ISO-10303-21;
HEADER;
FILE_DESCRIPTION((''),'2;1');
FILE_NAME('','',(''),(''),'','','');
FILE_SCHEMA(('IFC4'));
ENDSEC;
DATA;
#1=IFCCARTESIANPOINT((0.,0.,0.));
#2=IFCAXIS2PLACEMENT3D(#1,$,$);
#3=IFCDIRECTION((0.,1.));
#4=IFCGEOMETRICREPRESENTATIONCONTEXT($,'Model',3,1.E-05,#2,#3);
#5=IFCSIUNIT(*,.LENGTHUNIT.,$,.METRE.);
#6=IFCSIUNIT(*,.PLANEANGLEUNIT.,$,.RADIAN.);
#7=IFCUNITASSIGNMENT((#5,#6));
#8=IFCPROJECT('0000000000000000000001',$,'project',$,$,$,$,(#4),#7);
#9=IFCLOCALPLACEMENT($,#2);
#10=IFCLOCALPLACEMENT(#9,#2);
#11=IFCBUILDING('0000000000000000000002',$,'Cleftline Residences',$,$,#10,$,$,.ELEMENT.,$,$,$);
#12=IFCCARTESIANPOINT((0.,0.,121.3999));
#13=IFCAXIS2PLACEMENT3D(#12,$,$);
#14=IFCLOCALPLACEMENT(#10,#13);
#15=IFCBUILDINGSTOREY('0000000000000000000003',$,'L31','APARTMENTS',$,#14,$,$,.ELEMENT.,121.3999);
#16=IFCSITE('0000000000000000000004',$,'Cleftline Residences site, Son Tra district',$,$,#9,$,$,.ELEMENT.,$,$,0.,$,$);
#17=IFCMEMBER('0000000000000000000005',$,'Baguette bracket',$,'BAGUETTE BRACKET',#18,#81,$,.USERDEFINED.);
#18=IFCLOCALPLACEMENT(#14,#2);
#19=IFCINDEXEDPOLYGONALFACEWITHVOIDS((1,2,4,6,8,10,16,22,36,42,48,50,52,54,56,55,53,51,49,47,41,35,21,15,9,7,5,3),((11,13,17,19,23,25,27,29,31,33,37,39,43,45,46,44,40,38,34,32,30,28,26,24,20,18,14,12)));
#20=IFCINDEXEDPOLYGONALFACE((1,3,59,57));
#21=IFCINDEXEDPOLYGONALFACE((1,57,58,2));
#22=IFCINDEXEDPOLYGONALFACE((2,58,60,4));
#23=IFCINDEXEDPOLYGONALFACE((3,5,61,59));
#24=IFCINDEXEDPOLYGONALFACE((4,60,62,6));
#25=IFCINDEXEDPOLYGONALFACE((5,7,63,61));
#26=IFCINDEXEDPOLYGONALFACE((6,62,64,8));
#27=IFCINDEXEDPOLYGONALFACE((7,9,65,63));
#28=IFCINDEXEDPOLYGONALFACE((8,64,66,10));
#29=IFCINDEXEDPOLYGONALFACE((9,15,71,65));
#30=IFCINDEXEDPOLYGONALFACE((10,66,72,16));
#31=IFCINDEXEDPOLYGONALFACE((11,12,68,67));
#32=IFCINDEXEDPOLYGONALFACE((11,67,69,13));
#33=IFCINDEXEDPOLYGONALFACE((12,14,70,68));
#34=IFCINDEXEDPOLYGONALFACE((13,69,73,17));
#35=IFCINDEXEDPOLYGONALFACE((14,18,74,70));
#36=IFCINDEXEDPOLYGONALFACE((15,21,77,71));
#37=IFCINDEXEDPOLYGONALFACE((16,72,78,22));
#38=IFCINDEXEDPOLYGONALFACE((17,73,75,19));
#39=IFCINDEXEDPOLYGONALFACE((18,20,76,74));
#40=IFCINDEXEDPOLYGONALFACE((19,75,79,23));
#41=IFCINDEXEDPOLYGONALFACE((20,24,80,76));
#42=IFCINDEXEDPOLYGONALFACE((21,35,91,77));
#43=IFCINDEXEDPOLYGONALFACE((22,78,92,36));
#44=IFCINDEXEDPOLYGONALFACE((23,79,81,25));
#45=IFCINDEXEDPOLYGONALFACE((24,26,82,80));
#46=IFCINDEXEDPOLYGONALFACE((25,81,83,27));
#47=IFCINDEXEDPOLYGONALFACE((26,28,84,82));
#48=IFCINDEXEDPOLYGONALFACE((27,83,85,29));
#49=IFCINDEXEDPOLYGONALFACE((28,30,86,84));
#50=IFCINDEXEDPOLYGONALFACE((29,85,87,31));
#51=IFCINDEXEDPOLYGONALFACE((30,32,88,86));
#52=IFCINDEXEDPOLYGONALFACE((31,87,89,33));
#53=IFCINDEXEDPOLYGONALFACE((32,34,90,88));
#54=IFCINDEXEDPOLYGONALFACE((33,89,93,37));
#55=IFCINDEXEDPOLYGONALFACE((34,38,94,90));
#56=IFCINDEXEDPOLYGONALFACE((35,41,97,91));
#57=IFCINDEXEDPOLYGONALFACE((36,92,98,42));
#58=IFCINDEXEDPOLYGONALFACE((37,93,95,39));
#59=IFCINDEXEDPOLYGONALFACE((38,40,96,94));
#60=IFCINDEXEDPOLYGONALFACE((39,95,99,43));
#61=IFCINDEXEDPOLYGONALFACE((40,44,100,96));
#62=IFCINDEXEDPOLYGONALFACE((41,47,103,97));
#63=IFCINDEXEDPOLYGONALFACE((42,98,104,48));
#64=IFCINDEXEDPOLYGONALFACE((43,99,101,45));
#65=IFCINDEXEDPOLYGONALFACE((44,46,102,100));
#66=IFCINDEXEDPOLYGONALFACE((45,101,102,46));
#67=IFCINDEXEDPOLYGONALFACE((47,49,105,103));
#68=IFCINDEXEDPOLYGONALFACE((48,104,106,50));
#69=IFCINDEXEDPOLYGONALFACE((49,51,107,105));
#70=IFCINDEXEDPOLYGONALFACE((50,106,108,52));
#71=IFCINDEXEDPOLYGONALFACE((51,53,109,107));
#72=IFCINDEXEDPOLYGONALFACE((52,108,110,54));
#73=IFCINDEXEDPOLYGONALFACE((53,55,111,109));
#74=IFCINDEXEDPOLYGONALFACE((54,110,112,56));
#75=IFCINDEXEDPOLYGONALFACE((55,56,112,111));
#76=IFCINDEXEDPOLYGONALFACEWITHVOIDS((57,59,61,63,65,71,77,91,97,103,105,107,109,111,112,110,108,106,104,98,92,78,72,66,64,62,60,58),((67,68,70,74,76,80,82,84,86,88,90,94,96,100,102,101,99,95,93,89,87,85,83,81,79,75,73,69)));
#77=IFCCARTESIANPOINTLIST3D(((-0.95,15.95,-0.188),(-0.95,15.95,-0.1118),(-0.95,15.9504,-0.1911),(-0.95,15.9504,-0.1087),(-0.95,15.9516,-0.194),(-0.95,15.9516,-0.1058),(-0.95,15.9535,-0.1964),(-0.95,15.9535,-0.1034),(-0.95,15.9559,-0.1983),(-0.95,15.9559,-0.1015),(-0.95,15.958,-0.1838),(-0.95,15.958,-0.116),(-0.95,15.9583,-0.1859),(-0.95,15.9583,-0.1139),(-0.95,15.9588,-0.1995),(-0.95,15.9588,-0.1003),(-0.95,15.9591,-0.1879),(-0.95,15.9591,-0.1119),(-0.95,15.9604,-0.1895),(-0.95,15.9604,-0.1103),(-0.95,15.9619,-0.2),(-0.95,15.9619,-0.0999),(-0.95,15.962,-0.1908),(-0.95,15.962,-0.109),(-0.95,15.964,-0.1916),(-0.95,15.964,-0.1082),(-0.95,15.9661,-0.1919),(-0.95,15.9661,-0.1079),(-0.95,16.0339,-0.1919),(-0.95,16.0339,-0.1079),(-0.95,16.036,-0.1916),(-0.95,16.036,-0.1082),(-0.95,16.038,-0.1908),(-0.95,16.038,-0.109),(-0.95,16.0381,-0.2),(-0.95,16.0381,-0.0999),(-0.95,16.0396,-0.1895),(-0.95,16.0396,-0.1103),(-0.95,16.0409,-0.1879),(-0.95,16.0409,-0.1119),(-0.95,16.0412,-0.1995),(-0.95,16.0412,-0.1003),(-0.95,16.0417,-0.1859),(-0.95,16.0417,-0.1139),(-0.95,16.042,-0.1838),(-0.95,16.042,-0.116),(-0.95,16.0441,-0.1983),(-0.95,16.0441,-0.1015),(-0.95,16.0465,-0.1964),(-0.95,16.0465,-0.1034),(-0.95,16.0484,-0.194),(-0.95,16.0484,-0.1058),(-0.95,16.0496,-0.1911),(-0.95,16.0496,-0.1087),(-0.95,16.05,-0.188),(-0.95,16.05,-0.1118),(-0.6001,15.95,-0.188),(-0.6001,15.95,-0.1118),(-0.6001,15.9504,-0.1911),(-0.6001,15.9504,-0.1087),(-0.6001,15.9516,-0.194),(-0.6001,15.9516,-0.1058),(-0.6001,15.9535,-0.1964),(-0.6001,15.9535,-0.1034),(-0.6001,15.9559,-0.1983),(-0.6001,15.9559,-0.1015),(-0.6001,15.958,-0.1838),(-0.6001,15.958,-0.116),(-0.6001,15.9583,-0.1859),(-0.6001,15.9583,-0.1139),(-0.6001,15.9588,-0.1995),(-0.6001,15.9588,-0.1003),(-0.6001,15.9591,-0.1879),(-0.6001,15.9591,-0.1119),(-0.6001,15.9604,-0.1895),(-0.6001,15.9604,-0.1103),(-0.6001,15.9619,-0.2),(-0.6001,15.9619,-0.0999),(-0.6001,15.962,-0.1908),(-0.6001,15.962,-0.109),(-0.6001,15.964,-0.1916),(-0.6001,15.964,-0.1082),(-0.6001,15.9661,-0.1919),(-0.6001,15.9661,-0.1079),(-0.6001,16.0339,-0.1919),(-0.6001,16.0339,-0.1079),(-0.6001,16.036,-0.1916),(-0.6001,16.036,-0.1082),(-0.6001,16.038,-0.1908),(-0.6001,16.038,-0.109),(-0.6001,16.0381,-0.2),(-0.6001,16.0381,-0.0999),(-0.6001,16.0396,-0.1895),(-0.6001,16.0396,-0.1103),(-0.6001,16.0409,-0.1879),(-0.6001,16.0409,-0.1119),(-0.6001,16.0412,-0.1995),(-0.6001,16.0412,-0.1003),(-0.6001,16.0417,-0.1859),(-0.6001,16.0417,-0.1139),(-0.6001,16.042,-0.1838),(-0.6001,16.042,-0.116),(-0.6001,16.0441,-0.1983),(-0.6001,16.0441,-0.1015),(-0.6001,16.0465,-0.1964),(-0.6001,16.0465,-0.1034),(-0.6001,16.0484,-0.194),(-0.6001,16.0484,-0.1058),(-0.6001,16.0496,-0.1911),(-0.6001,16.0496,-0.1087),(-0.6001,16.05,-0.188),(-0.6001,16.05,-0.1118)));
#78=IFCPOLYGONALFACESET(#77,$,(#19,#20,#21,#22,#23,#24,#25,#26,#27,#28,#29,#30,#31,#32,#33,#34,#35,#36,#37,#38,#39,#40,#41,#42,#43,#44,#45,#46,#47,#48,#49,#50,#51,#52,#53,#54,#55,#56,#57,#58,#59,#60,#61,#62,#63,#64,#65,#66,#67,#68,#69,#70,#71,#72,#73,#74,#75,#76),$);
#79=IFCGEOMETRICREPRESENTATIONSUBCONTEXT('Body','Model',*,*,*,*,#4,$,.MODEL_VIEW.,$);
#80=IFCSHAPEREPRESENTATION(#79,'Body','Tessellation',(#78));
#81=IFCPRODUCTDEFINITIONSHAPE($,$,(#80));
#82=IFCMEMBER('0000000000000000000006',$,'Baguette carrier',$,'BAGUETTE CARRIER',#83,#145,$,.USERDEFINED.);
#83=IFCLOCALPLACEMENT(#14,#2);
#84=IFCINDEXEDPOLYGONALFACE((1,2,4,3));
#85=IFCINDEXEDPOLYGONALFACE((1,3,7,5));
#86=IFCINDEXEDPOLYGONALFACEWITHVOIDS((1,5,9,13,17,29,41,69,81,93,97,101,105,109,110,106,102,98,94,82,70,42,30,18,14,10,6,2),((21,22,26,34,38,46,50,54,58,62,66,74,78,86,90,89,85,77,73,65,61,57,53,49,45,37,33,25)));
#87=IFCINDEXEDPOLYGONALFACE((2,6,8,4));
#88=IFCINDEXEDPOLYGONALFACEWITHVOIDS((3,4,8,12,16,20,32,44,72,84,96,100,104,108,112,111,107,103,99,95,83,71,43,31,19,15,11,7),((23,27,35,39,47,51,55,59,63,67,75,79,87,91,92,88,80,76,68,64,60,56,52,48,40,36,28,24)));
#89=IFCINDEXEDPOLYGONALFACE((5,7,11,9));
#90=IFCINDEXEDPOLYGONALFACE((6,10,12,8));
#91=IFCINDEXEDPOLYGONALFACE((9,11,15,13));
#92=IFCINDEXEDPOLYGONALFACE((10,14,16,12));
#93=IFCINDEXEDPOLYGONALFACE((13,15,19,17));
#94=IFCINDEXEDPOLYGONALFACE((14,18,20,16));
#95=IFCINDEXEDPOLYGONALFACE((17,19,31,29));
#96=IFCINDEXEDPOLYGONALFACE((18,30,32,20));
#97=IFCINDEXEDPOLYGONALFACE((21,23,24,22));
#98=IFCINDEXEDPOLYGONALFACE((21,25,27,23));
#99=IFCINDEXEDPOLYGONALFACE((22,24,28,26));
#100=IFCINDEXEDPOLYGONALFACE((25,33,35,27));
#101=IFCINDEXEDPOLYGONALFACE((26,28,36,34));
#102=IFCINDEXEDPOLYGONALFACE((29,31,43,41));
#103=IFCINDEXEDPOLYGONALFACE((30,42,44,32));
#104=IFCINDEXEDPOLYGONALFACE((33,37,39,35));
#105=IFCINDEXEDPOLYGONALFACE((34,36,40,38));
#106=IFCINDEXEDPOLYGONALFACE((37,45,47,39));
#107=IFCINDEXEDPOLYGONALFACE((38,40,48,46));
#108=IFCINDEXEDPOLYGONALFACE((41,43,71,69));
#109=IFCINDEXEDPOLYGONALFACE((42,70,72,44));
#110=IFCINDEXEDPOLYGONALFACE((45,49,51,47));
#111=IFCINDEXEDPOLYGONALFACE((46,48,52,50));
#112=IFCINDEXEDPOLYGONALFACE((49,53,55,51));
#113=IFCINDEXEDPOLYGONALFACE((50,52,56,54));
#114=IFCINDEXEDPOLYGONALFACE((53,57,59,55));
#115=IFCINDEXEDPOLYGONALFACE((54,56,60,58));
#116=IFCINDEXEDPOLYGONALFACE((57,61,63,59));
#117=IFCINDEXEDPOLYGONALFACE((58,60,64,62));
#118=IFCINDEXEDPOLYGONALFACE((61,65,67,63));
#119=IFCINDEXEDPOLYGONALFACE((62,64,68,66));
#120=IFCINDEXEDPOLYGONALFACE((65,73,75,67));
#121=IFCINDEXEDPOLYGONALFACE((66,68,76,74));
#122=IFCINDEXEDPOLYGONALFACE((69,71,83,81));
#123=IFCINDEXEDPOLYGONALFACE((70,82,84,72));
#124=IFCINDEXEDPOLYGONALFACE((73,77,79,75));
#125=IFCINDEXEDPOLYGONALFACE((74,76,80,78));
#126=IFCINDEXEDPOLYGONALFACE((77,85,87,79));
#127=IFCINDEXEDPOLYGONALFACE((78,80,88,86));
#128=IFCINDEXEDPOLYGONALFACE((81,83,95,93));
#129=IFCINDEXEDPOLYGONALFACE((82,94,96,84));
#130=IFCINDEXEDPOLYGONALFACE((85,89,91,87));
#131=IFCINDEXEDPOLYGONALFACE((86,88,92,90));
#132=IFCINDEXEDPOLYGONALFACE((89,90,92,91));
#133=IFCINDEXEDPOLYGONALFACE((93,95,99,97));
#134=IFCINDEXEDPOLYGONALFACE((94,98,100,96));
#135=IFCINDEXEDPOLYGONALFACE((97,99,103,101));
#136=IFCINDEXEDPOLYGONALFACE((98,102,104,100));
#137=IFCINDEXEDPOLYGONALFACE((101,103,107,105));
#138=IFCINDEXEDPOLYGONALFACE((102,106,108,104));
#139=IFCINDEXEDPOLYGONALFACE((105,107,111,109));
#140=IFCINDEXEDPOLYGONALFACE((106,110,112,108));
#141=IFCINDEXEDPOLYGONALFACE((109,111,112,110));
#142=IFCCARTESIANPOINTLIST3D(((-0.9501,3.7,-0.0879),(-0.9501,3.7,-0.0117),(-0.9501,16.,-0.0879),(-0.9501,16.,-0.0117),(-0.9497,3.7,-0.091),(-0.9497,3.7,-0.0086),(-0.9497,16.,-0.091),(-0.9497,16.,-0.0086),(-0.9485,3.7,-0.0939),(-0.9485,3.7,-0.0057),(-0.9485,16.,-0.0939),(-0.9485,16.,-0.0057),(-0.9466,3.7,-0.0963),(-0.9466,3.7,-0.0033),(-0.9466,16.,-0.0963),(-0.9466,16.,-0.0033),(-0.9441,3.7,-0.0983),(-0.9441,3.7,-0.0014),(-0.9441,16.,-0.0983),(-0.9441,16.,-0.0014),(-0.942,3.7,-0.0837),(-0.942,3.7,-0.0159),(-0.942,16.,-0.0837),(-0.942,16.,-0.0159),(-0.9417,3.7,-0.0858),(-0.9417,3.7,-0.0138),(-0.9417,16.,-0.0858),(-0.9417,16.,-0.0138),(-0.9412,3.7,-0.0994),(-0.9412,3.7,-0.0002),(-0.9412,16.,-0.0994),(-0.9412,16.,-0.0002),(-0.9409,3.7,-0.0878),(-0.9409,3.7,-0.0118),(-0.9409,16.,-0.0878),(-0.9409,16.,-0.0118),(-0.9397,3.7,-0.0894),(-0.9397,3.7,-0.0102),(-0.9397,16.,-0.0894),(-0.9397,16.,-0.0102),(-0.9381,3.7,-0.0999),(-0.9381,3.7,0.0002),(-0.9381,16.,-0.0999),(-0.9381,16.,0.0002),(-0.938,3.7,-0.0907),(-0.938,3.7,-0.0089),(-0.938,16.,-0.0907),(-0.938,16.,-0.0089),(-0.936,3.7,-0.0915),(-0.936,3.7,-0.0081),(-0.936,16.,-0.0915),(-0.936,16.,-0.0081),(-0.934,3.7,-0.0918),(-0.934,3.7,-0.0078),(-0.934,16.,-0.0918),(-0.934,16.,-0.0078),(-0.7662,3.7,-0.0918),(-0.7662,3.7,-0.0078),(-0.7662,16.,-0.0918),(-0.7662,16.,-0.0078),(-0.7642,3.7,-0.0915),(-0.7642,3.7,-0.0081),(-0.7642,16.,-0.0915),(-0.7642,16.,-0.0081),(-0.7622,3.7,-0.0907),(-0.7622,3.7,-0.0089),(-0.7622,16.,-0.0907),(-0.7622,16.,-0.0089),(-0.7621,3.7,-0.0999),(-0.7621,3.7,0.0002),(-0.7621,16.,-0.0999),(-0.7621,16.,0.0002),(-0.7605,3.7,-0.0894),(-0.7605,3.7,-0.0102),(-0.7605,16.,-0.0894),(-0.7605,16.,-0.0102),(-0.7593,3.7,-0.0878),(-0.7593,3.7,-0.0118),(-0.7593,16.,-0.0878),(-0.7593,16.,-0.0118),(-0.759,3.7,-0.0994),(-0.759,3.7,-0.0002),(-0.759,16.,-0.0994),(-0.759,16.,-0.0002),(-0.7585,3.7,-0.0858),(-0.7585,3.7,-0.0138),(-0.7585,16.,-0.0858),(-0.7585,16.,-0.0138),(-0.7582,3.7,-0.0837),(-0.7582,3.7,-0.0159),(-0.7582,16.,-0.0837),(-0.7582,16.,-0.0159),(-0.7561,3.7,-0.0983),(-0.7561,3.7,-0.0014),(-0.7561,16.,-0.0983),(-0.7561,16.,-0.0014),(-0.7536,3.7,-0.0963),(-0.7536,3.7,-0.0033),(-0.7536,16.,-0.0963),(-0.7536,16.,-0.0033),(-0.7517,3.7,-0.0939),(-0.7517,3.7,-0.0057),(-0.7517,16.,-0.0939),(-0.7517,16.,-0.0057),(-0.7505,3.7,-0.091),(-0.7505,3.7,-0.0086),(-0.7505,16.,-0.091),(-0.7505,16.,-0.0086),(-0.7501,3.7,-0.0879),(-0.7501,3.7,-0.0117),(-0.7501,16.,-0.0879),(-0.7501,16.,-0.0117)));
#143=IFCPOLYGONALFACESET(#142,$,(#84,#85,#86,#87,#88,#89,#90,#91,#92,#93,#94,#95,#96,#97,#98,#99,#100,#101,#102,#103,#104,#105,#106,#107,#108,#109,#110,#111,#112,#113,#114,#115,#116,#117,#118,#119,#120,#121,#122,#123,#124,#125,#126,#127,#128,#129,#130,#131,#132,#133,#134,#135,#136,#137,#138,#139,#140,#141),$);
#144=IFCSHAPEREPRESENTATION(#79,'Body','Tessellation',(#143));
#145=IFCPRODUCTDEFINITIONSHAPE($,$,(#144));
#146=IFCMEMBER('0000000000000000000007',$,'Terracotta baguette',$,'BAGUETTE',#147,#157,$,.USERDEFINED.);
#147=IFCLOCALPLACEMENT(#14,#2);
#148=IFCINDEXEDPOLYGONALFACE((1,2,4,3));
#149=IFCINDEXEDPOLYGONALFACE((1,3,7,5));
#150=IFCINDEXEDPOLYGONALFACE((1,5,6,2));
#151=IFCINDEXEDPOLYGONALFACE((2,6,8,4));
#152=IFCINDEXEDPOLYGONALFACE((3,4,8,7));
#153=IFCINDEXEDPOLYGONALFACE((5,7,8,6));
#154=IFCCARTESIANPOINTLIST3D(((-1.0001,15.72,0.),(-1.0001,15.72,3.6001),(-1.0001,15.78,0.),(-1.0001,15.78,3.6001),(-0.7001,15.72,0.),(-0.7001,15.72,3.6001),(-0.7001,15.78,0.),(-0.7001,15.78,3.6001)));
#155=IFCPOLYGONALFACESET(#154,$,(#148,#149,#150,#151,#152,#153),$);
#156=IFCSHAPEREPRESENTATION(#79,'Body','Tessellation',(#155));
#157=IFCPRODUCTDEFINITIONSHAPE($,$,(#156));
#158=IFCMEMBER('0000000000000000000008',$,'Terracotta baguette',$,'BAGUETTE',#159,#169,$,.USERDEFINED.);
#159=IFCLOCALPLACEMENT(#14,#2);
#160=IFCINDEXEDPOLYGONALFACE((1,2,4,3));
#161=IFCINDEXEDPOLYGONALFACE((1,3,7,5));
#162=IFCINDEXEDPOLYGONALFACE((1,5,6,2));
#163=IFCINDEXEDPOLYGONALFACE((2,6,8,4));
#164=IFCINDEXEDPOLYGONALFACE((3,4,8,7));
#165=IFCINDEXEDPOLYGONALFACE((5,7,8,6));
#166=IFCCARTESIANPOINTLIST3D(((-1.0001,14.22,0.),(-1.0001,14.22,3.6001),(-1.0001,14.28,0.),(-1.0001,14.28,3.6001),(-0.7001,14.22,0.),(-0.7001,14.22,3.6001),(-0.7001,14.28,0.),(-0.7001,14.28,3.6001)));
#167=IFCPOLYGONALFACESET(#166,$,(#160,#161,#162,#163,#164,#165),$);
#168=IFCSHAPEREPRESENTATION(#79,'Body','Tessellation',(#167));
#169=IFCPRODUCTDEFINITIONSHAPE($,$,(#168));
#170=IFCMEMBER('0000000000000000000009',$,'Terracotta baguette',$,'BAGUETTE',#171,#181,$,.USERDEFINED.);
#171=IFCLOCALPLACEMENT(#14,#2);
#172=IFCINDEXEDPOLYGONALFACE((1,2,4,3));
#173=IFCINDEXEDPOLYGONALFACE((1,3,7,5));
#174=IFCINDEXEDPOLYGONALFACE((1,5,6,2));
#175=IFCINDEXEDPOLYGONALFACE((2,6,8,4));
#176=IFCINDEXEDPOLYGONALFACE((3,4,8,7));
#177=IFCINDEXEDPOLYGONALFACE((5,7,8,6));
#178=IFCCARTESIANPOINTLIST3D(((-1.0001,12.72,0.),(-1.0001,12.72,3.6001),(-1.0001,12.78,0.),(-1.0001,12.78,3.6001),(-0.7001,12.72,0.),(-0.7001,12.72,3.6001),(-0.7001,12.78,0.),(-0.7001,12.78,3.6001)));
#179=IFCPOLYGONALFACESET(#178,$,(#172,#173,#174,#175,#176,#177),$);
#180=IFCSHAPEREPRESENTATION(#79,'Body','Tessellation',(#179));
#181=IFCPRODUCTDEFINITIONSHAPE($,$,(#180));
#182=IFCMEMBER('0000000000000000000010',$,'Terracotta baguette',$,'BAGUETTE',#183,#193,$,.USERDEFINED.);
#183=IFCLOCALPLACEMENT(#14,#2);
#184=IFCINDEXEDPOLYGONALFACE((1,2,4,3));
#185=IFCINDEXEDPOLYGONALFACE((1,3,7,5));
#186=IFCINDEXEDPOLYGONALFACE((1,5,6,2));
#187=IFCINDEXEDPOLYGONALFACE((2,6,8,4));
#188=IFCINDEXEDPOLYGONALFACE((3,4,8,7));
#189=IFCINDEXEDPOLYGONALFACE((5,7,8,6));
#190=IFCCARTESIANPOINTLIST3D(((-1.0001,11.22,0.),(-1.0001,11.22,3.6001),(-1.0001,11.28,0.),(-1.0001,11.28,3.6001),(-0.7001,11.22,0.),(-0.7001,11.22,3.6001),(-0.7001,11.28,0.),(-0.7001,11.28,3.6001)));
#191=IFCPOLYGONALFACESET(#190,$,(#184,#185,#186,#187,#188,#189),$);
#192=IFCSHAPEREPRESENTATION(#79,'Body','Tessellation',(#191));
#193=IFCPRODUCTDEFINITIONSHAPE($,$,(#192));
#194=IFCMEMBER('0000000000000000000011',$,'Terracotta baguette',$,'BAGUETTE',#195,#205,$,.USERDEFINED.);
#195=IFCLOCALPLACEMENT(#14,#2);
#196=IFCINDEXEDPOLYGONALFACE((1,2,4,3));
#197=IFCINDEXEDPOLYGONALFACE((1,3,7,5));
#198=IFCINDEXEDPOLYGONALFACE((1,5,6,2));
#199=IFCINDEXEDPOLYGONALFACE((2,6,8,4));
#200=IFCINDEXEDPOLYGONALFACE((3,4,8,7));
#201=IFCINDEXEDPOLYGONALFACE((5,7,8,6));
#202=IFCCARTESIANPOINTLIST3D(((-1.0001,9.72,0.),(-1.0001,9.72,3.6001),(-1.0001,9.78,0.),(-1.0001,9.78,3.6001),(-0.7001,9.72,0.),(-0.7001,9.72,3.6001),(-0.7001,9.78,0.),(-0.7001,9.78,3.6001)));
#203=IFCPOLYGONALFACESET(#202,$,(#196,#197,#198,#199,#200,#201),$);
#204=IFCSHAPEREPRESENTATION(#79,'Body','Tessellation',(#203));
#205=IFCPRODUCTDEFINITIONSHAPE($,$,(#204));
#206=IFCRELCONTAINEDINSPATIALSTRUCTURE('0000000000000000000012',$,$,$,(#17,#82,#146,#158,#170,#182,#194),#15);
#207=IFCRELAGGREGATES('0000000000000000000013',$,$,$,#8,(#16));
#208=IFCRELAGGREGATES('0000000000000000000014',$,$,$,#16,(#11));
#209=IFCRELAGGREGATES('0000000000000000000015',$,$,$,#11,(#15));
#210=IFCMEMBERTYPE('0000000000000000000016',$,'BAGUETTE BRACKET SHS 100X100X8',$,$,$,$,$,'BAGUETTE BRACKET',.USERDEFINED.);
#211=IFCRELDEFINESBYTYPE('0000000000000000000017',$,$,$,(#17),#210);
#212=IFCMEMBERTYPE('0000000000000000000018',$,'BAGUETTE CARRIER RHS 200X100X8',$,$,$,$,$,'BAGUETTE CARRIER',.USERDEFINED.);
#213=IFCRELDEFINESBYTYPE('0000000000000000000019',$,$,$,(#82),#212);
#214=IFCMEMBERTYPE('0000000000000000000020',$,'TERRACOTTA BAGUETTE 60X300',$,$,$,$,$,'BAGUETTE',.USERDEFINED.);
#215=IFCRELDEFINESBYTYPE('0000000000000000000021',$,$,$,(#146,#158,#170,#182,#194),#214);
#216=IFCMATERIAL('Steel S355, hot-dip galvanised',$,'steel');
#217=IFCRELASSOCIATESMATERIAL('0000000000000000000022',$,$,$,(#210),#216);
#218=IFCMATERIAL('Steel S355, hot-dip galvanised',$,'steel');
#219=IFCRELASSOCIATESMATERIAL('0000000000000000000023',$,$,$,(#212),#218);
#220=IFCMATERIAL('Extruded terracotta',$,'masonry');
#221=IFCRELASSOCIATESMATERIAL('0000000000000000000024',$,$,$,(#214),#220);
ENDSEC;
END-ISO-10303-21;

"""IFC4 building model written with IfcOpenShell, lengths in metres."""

from ifc_helpers import new_model, si_unit, direction, frame, origin, origin_2d, place, context, subcontext, project, spatial, rectangle, hollow_rectangle, extrude, material, material_profile, profile_set, type_object, element, save


model = new_model("IFC4")

# Units and contexts
model_context = context("Model", 3, precision=1e-05, world=origin(), true_north=direction((0.0, 1.0)))
body_context = subcontext(model_context, "Body", "Model", "MODEL_VIEW")
ifc_project = project(units=[si_unit("LENGTHUNIT", "METRE"), si_unit("PLANEANGLEUNIT", "RADIAN")], contexts=[model_context])

# Site, building, storey
site_placement = place(None, origin())
site = spatial("IfcSite", under=ifc_project, at=site_placement, Name="Cleftline Residences site, Son Tra district", CompositionType="ELEMENT", RefElevation=0.0)
building_placement = place(site_placement, origin())
building = spatial("IfcBuilding", under=site, at=building_placement, Name="Cleftline Residences", CompositionType="ELEMENT")
storey_placement = place(building_placement, frame((0.0, 0.0, 121.3999)))
storey = spatial("IfcBuildingStorey", under=building, at=storey_placement, Name="L31", Description="APARTMENTS", CompositionType="ELEMENT", Elevation=121.3999)

# Members
ifc_material_1 = material(Name="Steel S355, hot-dip galvanised", Category="steel")
ifc_material_profile_1 = material_profile(ifc_material_1, hollow_rectangle(XDim=0.1001, YDim=0.1001, WallThickness=0.0081, InnerFilletRadius=0.0081, OuterFilletRadius=0.012, at=origin_2d()))
ifc_profile_set_1 = profile_set([ifc_material_profile_1], Name="Steel S355, hot-dip galvanised")
member_type_1 = type_object("IfcMemberType", Name="BAGUETTE BRACKET SHS 100X100X8", ElementType="BAGUETTE BRACKET", PredefinedType="USERDEFINED", material=ifc_profile_set_1)
member_1_placement = place(storey_placement, frame((-0.6001, 16.0, -0.1499), z_axis=(-1.0, 0.0, 0.0), x_axis=(0.0, -1.0, 0.0)))
element("IfcMember", 1, at=member_1_placement, inside=storey, type_object=member_type_1, Name="Baguette bracket", ObjectType="BAGUETTE BRACKET", PredefinedType="USERDEFINED", context=body_context, shape_type="SweptSolid", body=[
    extrude(hollow_rectangle(XDim=0.1001, YDim=0.1001, WallThickness=0.0081, InnerFilletRadius=0.0081, OuterFilletRadius=0.012, at=origin_2d()), origin(), (0.0, 0.0, 1.0), 0.3499),
])
ifc_material_2 = material(Name="Steel S355, hot-dip galvanised", Category="steel")
ifc_material_profile_2 = material_profile(ifc_material_2, hollow_rectangle(XDim=0.1001, YDim=0.2, WallThickness=0.0081, InnerFilletRadius=0.0081, OuterFilletRadius=0.012, at=origin_2d()))
ifc_profile_set_2 = profile_set([ifc_material_profile_2], Name="Steel S355, hot-dip galvanised")
member_type_2 = type_object("IfcMemberType", Name="BAGUETTE CARRIER RHS 200X100X8", ElementType="BAGUETTE CARRIER", PredefinedType="USERDEFINED", material=ifc_profile_set_2)
member_2_placement = place(storey_placement, frame((-0.8501, 16.0, -0.0498), z_axis=(0.0, -1.0, 0.0), x_axis=(0.0, 0.0, 1.0)))
element("IfcMember", 2, at=member_2_placement, inside=storey, type_object=member_type_2, Name="Baguette carrier", ObjectType="BAGUETTE CARRIER", PredefinedType="USERDEFINED", context=body_context, shape_type="SweptSolid", body=[
    extrude(hollow_rectangle(XDim=0.1001, YDim=0.2, WallThickness=0.0081, InnerFilletRadius=0.0081, OuterFilletRadius=0.012, at=origin_2d()), origin(), (0.0, 0.0, 1.0), 12.3),
])
ifc_material_3 = material(Name="Extruded terracotta", Category="masonry")
ifc_material_profile_3 = material_profile(ifc_material_3, rectangle(XDim=0.0601, YDim=0.3, at=origin_2d()))
ifc_profile_set_3 = profile_set([ifc_material_profile_3], Name="Extruded terracotta")
member_type_3 = type_object("IfcMemberType", Name="TERRACOTTA BAGUETTE 60X300", ElementType="BAGUETTE", PredefinedType="USERDEFINED", material=ifc_profile_set_3)
for number, where, z_axis, x_axis, name in (
    (3, (-0.8501, 15.75, 0.0), (0.0, 0.0, 1.0), (0.0, 1.0, 0.0), "Terracotta baguette"),
    (4, (-0.8501, 14.25, 0.0), (0.0, 0.0, 1.0), (0.0, 1.0, 0.0), "Terracotta baguette"),
    (5, (-0.8501, 12.75, 0.0), (0.0, 0.0, 1.0), (0.0, 1.0, 0.0), "Terracotta baguette"),
    (6, (-0.8501, 11.25, 0.0), (0.0, 0.0, 1.0), (0.0, 1.0, 0.0), "Terracotta baguette"),
    (7, (-0.8501, 9.75, 0.0), (0.0, 0.0, 1.0), (0.0, 1.0, 0.0), "Terracotta baguette"),
):
    element("IfcMember", number, at=place(storey_placement, frame(where, z_axis=z_axis, x_axis=x_axis)), inside=storey, type_object=member_type_3, Name=name, ObjectType="BAGUETTE", PredefinedType="USERDEFINED", context=body_context, shape_type="SweptSolid", body=[
        extrude(rectangle(XDim=0.0601, YDim=0.3, at=origin_2d()), origin(), (0.0, 0.0, 1.0), 3.6001),
    ])

save(model, "model.ifc")
